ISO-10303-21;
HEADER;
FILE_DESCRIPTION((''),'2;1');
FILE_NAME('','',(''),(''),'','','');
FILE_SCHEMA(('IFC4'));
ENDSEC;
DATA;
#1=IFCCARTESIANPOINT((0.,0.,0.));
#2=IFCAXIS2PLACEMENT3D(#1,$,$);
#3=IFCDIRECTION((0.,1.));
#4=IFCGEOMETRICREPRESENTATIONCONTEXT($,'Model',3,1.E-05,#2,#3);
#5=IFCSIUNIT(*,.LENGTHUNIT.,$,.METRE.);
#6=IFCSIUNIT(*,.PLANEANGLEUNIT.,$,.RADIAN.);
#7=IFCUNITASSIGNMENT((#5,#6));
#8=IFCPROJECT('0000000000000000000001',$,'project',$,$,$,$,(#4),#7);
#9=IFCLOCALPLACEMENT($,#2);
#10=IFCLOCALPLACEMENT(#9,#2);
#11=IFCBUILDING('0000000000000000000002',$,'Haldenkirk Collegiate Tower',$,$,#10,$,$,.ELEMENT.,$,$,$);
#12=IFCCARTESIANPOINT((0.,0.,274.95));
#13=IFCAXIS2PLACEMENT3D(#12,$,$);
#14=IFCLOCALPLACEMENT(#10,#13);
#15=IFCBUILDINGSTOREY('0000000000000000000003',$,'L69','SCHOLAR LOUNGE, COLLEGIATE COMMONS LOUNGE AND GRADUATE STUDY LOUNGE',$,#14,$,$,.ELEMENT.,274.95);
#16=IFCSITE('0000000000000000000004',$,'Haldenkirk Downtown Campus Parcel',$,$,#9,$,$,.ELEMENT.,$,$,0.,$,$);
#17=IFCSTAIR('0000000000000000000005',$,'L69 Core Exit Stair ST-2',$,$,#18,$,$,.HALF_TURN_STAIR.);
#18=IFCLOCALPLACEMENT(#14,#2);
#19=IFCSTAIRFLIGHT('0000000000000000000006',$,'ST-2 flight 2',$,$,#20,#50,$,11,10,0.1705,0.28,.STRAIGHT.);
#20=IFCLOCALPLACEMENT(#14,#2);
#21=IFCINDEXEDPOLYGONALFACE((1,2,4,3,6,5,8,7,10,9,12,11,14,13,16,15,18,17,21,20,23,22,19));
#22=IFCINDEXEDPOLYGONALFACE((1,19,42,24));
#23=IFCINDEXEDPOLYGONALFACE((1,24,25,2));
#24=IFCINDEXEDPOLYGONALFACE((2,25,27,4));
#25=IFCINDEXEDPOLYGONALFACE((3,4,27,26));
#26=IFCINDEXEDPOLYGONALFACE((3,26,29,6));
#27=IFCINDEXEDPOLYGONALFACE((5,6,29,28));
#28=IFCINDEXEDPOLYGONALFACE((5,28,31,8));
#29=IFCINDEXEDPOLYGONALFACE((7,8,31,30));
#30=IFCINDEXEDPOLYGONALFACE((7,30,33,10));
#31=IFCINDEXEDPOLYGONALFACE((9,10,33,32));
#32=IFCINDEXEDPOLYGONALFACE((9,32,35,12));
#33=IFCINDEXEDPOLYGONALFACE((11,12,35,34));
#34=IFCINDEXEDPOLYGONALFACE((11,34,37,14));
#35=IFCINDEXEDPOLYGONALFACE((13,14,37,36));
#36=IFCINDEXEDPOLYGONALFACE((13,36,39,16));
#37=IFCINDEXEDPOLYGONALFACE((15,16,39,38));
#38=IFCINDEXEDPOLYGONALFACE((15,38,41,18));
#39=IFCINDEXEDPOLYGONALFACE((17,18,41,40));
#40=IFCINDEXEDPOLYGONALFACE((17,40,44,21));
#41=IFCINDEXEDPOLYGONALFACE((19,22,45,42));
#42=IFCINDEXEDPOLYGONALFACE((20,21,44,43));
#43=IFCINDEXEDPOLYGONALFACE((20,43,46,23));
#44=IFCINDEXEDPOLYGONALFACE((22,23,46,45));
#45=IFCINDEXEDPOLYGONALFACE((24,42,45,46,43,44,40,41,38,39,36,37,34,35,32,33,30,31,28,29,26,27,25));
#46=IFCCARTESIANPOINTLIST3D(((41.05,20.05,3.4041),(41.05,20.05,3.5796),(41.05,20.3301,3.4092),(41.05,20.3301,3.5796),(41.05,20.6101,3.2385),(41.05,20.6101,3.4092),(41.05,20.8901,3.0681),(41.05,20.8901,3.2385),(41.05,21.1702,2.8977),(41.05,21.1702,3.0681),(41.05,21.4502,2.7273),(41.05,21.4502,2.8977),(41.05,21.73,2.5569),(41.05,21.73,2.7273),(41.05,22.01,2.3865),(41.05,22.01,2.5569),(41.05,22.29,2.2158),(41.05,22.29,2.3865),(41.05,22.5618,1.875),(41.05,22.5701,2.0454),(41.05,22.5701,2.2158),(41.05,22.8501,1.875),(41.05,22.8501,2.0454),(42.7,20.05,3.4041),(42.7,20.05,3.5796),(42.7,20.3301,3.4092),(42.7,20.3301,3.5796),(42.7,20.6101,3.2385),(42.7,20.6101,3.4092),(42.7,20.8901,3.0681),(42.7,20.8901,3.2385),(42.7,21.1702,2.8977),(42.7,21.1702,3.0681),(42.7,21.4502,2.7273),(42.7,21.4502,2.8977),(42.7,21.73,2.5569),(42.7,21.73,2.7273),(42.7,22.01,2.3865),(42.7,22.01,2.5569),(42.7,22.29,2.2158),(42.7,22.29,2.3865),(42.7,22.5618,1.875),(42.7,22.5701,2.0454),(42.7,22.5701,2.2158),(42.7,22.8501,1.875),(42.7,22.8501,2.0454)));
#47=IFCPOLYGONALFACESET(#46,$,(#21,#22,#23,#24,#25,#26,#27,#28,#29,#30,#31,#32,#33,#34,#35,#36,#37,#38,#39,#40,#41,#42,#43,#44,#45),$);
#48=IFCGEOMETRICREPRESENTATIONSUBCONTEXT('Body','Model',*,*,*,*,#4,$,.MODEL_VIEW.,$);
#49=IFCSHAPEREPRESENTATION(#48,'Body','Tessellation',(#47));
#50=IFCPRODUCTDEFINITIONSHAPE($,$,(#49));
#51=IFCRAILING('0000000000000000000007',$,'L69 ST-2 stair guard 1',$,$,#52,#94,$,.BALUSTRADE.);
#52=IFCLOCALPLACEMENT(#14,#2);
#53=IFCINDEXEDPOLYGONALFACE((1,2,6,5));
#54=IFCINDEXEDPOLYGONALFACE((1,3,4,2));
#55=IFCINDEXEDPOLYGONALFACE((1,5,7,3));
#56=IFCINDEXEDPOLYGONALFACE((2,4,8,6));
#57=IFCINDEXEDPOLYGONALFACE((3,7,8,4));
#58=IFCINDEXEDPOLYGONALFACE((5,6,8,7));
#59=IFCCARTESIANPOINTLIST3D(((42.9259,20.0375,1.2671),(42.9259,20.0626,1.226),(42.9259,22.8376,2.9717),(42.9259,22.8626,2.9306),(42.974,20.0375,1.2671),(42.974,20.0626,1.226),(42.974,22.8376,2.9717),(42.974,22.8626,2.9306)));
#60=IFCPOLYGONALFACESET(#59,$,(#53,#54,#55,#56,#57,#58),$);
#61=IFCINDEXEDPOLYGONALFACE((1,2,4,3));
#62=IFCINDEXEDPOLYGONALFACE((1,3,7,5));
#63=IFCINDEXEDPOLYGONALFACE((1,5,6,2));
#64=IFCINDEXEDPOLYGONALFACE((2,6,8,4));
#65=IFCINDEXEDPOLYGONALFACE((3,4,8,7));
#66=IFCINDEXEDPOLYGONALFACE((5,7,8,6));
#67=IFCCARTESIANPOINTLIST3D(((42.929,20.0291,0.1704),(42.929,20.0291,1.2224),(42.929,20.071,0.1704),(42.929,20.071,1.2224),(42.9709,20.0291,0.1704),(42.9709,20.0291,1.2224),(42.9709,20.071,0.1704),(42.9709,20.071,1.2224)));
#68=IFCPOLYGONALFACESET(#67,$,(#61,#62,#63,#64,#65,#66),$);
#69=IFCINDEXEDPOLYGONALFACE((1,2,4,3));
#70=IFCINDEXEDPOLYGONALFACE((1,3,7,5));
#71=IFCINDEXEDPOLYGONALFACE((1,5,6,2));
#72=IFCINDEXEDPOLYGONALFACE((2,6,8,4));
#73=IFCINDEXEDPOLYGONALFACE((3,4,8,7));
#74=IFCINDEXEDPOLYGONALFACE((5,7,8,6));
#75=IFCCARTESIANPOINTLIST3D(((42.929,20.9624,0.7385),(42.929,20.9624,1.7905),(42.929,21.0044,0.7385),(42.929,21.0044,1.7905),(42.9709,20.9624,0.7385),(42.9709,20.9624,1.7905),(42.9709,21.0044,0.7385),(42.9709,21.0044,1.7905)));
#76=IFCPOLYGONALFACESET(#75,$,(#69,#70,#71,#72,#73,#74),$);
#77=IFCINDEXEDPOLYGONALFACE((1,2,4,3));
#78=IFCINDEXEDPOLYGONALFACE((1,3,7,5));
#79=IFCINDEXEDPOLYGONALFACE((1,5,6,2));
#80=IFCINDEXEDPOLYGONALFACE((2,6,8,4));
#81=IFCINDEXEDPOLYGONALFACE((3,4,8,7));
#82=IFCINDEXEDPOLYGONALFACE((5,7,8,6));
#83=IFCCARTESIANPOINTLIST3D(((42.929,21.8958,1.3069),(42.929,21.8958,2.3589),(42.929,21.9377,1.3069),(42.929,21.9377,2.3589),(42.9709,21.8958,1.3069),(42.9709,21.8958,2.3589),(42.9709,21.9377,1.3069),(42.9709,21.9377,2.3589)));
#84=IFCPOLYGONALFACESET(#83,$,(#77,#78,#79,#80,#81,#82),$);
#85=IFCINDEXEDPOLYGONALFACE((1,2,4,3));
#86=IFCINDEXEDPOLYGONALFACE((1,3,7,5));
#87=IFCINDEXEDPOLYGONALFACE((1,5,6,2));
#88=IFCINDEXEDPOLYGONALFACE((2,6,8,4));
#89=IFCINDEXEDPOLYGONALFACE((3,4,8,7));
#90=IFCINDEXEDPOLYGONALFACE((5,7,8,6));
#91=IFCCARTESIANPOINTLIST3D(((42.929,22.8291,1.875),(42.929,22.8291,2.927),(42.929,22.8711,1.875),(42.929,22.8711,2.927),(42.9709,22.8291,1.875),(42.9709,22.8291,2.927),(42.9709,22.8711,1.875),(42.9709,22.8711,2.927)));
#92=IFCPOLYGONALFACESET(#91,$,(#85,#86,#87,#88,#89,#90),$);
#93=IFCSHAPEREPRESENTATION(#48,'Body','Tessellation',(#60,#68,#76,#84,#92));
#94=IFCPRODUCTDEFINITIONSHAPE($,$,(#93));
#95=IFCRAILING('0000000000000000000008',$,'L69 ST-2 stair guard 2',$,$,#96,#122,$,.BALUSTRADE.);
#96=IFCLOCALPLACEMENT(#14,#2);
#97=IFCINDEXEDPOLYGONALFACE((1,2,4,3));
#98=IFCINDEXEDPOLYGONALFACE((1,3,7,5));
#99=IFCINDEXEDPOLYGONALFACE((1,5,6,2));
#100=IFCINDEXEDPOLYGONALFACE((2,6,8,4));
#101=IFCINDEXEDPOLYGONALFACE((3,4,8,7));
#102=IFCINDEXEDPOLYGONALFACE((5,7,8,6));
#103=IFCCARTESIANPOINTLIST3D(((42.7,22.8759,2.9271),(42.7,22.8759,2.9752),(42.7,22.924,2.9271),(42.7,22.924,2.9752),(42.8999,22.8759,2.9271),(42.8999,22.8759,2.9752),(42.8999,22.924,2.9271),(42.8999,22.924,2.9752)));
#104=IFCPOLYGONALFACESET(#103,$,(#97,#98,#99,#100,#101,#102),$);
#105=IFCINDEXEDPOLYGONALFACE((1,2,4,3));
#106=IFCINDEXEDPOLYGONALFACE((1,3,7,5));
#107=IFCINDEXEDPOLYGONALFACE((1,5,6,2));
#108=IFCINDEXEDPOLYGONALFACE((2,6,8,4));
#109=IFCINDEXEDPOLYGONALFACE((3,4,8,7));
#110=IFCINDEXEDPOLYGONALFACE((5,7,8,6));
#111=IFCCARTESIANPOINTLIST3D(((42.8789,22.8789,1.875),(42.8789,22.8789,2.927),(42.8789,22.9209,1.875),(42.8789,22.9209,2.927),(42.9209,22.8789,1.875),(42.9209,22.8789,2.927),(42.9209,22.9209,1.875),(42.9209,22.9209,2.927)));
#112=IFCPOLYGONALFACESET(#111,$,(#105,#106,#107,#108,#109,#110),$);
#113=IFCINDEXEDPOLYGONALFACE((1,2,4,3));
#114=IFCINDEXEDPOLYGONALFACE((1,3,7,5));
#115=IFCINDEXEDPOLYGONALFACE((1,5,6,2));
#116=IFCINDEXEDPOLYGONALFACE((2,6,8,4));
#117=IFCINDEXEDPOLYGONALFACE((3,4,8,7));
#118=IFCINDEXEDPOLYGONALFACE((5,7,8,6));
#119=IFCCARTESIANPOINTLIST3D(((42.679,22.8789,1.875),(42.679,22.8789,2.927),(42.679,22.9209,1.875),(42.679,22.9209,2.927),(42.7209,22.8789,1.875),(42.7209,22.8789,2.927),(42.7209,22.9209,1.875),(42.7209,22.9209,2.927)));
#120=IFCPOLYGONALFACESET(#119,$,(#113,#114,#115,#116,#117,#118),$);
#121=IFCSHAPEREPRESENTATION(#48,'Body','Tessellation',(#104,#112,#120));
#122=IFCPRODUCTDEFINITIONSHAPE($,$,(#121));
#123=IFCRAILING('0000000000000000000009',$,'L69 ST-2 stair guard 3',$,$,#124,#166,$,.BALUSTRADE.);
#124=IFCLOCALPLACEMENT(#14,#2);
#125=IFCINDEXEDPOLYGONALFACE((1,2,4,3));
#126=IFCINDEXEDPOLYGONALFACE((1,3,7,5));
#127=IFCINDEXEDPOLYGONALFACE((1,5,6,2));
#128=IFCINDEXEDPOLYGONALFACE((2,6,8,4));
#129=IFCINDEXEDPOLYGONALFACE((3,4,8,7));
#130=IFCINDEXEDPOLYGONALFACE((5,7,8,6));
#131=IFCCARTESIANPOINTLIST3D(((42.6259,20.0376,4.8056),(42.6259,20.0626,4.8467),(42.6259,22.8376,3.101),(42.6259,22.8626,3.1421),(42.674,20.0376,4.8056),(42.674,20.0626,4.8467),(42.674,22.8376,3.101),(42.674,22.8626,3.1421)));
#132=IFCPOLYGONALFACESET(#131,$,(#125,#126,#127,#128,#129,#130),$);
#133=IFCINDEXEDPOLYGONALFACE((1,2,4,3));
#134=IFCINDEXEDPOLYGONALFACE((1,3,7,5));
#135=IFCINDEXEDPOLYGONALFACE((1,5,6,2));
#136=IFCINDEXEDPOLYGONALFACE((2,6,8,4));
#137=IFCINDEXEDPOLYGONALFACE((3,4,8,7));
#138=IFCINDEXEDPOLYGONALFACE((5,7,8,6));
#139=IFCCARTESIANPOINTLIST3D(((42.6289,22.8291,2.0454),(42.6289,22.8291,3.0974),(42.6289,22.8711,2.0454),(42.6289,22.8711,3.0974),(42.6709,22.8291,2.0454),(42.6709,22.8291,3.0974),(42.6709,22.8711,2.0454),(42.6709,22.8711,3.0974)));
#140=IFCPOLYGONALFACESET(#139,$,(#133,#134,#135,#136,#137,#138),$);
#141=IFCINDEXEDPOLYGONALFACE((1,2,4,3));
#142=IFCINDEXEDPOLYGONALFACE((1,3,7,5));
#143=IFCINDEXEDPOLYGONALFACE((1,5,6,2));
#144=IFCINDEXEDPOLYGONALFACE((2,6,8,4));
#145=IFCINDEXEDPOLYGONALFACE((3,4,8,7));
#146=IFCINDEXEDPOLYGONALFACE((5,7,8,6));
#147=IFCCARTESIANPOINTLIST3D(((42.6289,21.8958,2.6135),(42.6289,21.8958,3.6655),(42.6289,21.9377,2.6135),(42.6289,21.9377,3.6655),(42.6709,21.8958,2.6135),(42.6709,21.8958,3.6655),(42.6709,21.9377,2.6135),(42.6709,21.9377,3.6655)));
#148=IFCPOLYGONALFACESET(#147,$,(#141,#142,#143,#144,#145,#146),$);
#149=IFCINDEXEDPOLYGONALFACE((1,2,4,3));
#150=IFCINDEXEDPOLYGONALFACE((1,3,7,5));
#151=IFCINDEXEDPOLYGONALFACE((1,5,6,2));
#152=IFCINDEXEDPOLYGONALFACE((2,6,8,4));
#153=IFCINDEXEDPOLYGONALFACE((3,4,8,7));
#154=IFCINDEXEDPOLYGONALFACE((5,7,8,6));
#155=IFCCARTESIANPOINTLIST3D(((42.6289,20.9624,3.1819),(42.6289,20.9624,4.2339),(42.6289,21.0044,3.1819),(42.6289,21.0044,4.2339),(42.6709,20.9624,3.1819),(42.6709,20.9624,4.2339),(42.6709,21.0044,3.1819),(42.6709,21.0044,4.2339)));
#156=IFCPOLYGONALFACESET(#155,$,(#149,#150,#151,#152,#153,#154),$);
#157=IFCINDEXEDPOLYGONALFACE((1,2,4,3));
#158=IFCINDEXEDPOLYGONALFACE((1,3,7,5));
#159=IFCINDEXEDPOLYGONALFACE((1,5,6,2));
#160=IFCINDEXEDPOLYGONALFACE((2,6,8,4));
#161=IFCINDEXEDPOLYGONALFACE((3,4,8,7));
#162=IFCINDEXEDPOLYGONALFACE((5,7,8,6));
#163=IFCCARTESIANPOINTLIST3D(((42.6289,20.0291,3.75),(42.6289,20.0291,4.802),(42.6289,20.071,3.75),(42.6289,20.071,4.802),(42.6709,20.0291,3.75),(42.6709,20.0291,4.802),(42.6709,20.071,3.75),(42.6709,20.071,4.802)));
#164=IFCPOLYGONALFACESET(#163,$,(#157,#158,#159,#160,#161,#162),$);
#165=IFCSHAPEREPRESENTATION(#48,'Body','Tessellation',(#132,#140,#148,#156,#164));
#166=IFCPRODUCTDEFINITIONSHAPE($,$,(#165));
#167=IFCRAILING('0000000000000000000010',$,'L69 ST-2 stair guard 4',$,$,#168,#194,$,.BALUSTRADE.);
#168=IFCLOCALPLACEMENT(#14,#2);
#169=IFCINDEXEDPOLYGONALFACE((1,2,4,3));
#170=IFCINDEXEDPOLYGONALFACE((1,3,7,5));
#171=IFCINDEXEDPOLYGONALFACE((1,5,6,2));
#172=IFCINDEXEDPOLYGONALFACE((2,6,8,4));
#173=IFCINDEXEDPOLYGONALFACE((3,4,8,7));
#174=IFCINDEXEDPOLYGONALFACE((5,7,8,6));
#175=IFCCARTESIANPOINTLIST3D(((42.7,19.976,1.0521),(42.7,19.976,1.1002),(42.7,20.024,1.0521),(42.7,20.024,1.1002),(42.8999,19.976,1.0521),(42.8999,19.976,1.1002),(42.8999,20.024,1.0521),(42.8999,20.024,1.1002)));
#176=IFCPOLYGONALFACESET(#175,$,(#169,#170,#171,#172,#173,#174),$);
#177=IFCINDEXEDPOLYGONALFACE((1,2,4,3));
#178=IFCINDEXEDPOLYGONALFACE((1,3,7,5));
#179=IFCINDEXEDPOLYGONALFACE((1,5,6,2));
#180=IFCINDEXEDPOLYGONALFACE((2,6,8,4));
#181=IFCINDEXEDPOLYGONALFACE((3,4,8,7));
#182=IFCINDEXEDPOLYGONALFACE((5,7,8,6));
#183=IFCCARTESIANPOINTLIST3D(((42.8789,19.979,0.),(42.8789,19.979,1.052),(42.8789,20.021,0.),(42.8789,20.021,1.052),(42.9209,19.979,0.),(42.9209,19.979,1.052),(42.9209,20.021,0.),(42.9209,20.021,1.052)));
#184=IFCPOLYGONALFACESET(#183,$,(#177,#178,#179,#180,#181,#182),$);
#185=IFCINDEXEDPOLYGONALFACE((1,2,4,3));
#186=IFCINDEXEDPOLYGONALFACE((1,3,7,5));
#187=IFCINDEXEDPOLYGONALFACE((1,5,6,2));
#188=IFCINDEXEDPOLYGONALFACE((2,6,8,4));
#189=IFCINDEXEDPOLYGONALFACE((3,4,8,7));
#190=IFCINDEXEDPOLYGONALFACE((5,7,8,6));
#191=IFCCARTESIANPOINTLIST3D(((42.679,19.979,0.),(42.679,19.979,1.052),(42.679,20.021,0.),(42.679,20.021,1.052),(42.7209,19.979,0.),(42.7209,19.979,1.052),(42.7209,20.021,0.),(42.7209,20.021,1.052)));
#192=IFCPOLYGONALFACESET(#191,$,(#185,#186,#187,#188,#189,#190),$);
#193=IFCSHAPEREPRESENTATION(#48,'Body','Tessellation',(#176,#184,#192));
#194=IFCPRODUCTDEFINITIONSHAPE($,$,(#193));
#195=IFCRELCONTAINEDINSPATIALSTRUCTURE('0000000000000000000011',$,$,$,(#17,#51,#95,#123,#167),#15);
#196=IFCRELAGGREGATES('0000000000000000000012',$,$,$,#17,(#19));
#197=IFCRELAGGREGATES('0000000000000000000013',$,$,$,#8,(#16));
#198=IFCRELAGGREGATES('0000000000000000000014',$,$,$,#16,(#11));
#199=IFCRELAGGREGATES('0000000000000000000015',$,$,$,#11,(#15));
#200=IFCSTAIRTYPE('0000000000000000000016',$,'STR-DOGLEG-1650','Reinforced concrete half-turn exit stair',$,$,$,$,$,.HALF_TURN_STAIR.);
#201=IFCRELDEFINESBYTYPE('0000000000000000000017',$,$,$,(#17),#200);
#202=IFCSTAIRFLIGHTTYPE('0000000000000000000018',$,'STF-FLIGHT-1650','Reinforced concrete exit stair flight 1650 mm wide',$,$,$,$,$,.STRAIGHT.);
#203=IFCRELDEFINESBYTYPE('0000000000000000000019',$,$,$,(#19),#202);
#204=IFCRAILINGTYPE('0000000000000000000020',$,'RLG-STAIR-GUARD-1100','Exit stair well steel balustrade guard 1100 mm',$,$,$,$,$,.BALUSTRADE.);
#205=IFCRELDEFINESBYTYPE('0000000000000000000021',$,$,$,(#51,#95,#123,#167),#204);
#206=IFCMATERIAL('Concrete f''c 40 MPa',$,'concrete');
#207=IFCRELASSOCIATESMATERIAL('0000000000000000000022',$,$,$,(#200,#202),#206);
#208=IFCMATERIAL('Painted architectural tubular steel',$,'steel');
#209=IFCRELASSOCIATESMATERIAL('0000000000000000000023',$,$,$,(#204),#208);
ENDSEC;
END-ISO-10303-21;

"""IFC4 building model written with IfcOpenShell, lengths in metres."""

from ifc_helpers import new_model, si_unit, direction, frame, origin, origin_2d, place, context, subcontext, project, spatial, polyline, rectangle, outline, extrude, material, type_object, element, aggregate, save


model = new_model("IFC4")

# Units and contexts
model_context = context("Model", 3, precision=1e-05, world=origin(), true_north=direction((0.0, 1.0)))
body_context = subcontext(model_context, "Body", "Model", "MODEL_VIEW")
ifc_project = project(units=[si_unit("LENGTHUNIT", "METRE"), si_unit("PLANEANGLEUNIT", "RADIAN")], contexts=[model_context])

# Site, building, storey
site_placement = place(None, origin())
site = spatial("IfcSite", under=ifc_project, at=site_placement, Name="Haldenkirk Downtown Campus Parcel", CompositionType="ELEMENT", RefElevation=0.0)
building_placement = place(site_placement, origin())
building = spatial("IfcBuilding", under=site, at=building_placement, Name="Haldenkirk Collegiate Tower", CompositionType="ELEMENT")
storey_placement = place(building_placement, frame((0.0, 0.0, 274.95)))
storey = spatial("IfcBuildingStorey", under=building, at=storey_placement, Name="L69", Description="SCHOLAR LOUNGE, COLLEGIATE COMMONS LOUNGE AND GRADUATE STUDY LOUNGE", CompositionType="ELEMENT", Elevation=274.95)

# Stair, stair flight
ifc_material_1 = material(Name="Concrete f'c 40 MPa", Category="concrete")
stair_type = type_object("IfcStairType", Name="STR-DOGLEG-1650", Description="Reinforced concrete half-turn exit stair", PredefinedType="HALF_TURN_STAIR", material=ifc_material_1)
stair_placement = place(storey_placement, origin())
stair = element("IfcStair", 1, at=stair_placement, inside=storey, type_object=stair_type, Name="L69 Core Exit Stair ST-2", PredefinedType="HALF_TURN_STAIR")
stair_flight_type = type_object("IfcStairFlightType", Name="STF-FLIGHT-1650", Description="Reinforced concrete exit stair flight 1650 mm wide", PredefinedType="STRAIGHT", material=ifc_material_1)
stair_flight_1_placement = place(storey_placement, frame((41.875, 22.8501, 1.875), z_axis=(0.0, 0.0, 1.0), x_axis=(0.0, -1.0, 0.0)))
stair_flight_1 = element("IfcStairFlight", 2, at=stair_flight_1_placement, type_object=stair_flight_type, Name="ST-2 flight 2", NumberOfRisers=11, NumberOfTreads=10, PredefinedType="STRAIGHT", RiserHeight=0.1705, TreadLength=0.28, context=body_context, shape_type="SweptSolid", body=[
    extrude(outline(polyline([(0.0, 0.0), (0.0, 0.1704), (0.28, 0.1704), (0.28, 0.3408), (0.5601, 0.3408), (0.5601, 0.5115), (0.8401, 0.5115), (0.8401, 0.6819), (1.1201, 0.6819), (1.1201, 0.8523), (1.3999, 0.8523), (1.3999, 1.0227), (1.6799, 1.0227), (1.6799, 1.1931), (1.96, 1.1931), (1.96, 1.3635), (2.24, 1.3635), (2.24, 1.5342), (2.52, 1.5342), (2.52, 1.7046), (2.8, 1.7046), (2.8, 1.875), (2.8, 1.5291), (0.2883, 0.0), (0.0, 0.0)])), frame((0.0, 0.825, 0.0), z_axis=(0.0, -1.0, 0.0), x_axis=(1.0, 0.0, 0.0)), (0.0, 0.0, 1.0), 1.6499),
])
aggregate(stair, [stair_flight_1])

# Railings
ifc_material_2 = material(Name="Painted architectural tubular steel", Category="steel")
railing_type_1 = type_object("IfcRailingType", Name="RLG-STAIR-GUARD-1100", Description="Exit stair well steel balustrade guard 1100 mm", PredefinedType="BALUSTRADE", material=ifc_material_2)
railing_1_placement = place(storey_placement, frame((42.95, 20.05, 0.1704)))
element("IfcRailing", 3, at=railing_1_placement, inside=storey, type_object=railing_type_1, Name="L69 ST-2 stair guard 1", PredefinedType="BALUSTRADE", context=body_context, shape_type="SweptSolid", body=[
    extrude(rectangle(XDim=0.0481, YDim=0.0481, at=origin_2d()), frame((0.0, 0.0, 1.0762), z_axis=(0.0, 0.85417, 0.519994), x_axis=(-1.0, 0.0, 0.0)), (0.0, 0.0, 1.0), 3.2781),
    extrude(rectangle(XDim=0.042, YDim=0.042, at=origin_2d()), origin(), (0.0, 0.0, 1.0), 1.052),
    extrude(rectangle(XDim=0.042, YDim=0.042, at=origin_2d()), frame((0.0, 0.9333, 0.5681)), (0.0, 0.0, 1.0), 1.052),
    extrude(rectangle(XDim=0.042, YDim=0.042, at=origin_2d()), frame((0.0, 1.8667, 1.1365)), (0.0, 0.0, 1.0), 1.052),
    extrude(rectangle(XDim=0.042, YDim=0.042, at=origin_2d()), frame((0.0, 2.8, 1.7046)), (0.0, 0.0, 1.0), 1.052),
])
railing_2_placement = place(storey_placement, frame((42.8999, 22.8999, 1.875)))
element("IfcRailing", 4, at=railing_2_placement, inside=storey, type_object=railing_type_1, Name="L69 ST-2 stair guard 2", PredefinedType="BALUSTRADE", context=body_context, shape_type="SweptSolid", body=[
    extrude(rectangle(XDim=0.0481, YDim=0.0481, at=origin_2d()), frame((0.0, 0.0, 1.0762), z_axis=(-1.0, 0.0, 0.0), x_axis=(0.0, -1.0, 0.0)), (0.0, 0.0, 1.0), 0.2),
    extrude(rectangle(XDim=0.042, YDim=0.042, at=origin_2d()), origin(), (0.0, 0.0, 1.0), 1.052),
    extrude(rectangle(XDim=0.042, YDim=0.042, at=origin_2d()), frame((-0.2, 0.0, 0.0)), (0.0, 0.0, 1.0), 1.052),
])
railing_3_placement = place(storey_placement, frame((42.6499, 22.8501, 2.0454)))
element("IfcRailing", 5, at=railing_3_placement, inside=storey, type_object=railing_type_1, Name="L69 ST-2 stair guard 3", PredefinedType="BALUSTRADE", context=body_context, shape_type="SweptSolid", body=[
    extrude(rectangle(XDim=0.0481, YDim=0.0481, at=origin_2d()), frame((0.0, 0.0, 1.0762), z_axis=(0.0, -0.85417, 0.519994), x_axis=(1.0, 0.0, 0.0)), (0.0, 0.0, 1.0), 3.2781),
    extrude(rectangle(XDim=0.042, YDim=0.042, at=origin_2d()), origin(), (0.0, 0.0, 1.0), 1.052),
    extrude(rectangle(XDim=0.042, YDim=0.042, at=origin_2d()), frame((0.0, -0.9333, 0.5681)), (0.0, 0.0, 1.0), 1.052),
    extrude(rectangle(XDim=0.042, YDim=0.042, at=origin_2d()), frame((0.0, -1.8667, 1.1365)), (0.0, 0.0, 1.0), 1.052),
    extrude(rectangle(XDim=0.042, YDim=0.042, at=origin_2d()), frame((0.0, -2.8, 1.7046)), (0.0, 0.0, 1.0), 1.052),
])
railing_4_placement = place(storey_placement, frame((42.8999, 20.0, 0.0)))
element("IfcRailing", 6, at=railing_4_placement, inside=storey, type_object=railing_type_1, Name="L69 ST-2 stair guard 4", PredefinedType="BALUSTRADE", context=body_context, shape_type="SweptSolid", body=[
    extrude(rectangle(XDim=0.0481, YDim=0.0481, at=origin_2d()), frame((0.0, 0.0, 1.0762), z_axis=(-1.0, 0.0, 0.0), x_axis=(0.0, -1.0, 0.0)), (0.0, 0.0, 1.0), 0.2),
    extrude(rectangle(XDim=0.042, YDim=0.042, at=origin_2d()), origin(), (0.0, 0.0, 1.0), 1.052),
    extrude(rectangle(XDim=0.042, YDim=0.042, at=origin_2d()), frame((-0.2, 0.0, 0.0)), (0.0, 0.0, 1.0), 1.052),
])

save(model, "model.ifc")
